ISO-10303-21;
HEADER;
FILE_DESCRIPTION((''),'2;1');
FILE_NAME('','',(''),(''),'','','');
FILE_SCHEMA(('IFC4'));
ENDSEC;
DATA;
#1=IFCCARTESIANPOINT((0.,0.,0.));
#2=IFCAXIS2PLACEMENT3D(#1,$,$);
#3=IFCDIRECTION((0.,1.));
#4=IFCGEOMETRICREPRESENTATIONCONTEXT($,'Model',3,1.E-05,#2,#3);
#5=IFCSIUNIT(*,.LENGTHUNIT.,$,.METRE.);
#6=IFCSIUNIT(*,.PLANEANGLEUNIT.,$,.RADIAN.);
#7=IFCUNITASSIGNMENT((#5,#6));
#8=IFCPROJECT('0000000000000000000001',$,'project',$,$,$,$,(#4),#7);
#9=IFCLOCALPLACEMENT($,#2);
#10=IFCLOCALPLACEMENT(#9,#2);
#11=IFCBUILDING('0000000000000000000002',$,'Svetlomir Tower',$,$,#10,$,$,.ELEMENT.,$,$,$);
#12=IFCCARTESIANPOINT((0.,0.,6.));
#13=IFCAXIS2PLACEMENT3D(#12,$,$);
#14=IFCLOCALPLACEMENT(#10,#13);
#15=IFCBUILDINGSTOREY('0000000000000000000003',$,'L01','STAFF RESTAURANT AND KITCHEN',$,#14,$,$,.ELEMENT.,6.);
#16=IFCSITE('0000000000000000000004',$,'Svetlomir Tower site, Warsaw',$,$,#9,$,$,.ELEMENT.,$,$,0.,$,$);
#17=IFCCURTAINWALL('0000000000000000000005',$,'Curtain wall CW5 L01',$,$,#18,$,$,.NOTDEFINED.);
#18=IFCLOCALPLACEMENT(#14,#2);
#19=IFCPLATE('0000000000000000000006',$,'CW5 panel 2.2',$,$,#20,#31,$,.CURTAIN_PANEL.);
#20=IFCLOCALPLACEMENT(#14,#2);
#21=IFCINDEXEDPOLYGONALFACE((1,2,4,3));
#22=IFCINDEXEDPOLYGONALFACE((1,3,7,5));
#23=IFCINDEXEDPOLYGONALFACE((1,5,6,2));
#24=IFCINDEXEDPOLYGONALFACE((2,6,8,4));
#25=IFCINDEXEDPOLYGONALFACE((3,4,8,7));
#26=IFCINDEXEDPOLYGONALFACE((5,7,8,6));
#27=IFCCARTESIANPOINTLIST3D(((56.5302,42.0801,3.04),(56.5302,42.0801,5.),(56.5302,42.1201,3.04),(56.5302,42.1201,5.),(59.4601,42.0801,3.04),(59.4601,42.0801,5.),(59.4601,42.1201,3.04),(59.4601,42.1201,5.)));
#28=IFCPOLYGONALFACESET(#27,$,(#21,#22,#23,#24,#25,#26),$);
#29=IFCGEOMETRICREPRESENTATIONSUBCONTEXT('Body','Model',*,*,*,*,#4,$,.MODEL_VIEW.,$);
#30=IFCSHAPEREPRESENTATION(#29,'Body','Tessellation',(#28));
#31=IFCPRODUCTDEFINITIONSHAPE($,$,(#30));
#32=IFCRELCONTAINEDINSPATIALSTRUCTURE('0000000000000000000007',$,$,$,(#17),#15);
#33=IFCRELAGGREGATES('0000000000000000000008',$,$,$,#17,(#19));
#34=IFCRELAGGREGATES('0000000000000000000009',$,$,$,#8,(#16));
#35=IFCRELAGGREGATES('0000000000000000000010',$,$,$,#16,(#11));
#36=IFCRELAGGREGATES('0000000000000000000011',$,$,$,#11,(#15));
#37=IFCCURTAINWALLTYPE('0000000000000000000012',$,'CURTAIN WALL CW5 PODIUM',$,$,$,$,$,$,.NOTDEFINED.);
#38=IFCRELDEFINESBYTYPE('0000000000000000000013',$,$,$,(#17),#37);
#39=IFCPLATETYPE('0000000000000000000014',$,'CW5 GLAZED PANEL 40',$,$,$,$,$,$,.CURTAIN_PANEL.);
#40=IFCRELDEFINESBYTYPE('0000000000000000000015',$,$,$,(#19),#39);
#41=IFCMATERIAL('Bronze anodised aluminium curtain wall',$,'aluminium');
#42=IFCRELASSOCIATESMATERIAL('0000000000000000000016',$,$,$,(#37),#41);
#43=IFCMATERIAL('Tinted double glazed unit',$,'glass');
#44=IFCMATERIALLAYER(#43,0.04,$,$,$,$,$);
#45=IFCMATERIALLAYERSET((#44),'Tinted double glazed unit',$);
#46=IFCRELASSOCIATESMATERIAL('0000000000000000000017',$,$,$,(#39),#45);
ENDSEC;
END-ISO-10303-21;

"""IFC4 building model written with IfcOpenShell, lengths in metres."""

from ifc_helpers import new_model, si_unit, direction, frame, origin, origin_2d, place, context, subcontext, project, spatial, rectangle, extrude, material, layer, layer_set, type_object, element, aggregate, save


model = new_model("IFC4")

# Units and contexts
model_context = context("Model", 3, precision=1e-05, world=origin(), true_north=direction((0.0, 1.0)))
body_context = subcontext(model_context, "Body", "Model", "MODEL_VIEW")
ifc_project = project(units=[si_unit("LENGTHUNIT", "METRE"), si_unit("PLANEANGLEUNIT", "RADIAN")], contexts=[model_context])

# Site, building, storey
site_placement = place(None, origin())
site = spatial("IfcSite", under=ifc_project, at=site_placement, Name="Svetlomir Tower site, Warsaw", CompositionType="ELEMENT", RefElevation=0.0)
building_placement = place(site_placement, origin())
building = spatial("IfcBuilding", under=site, at=building_placement, Name="Svetlomir Tower", CompositionType="ELEMENT")
storey_placement = place(building_placement, frame((0.0, 0.0, 6.0)))
storey = spatial("IfcBuildingStorey", under=building, at=storey_placement, Name="L01", Description="STAFF RESTAURANT AND KITCHEN", CompositionType="ELEMENT", Elevation=6.0)

# Curtain wall
ifc_material_1 = material(Name="Bronze anodised aluminium curtain wall", Category="aluminium")
curtain_wall_type = type_object("IfcCurtainWallType", Name="CURTAIN WALL CW5 PODIUM", PredefinedType="NOTDEFINED", material=ifc_material_1)
curtain_wall_1_placement = place(storey_placement, origin())
curtain_wall_1 = element("IfcCurtainWall", 1, at=curtain_wall_1_placement, inside=storey, type_object=curtain_wall_type, Name="Curtain wall CW5 L01", PredefinedType="NOTDEFINED")

# Plate
ifc_material_2 = material(Name="Tinted double glazed unit", Category="glass")
ifc_layer = layer(ifc_material_2, 0.04)
ifc_layer_set = layer_set([ifc_layer], Name="Tinted double glazed unit")
plate_type = type_object("IfcPlateType", Name="CW5 GLAZED PANEL 40", PredefinedType="CURTAIN_PANEL", material=ifc_layer_set)
plate_1_placement = place(storey_placement, frame((57.9951, 42.1001, 3.04), z_axis=(0.0, 0.0, 1.0), x_axis=(-1.0, 0.0, 0.0)))
plate_1 = element("IfcPlate", 2, at=plate_1_placement, type_object=plate_type, Name="CW5 panel 2.2", PredefinedType="CURTAIN_PANEL", context=body_context, shape_type="SweptSolid", body=[
    extrude(rectangle(XDim=2.9299, YDim=0.04, at=origin_2d()), origin(), (0.0, 0.0, 1.0), 1.96),
])
aggregate(curtain_wall_1, [plate_1])

save(model, "model.ifc")
